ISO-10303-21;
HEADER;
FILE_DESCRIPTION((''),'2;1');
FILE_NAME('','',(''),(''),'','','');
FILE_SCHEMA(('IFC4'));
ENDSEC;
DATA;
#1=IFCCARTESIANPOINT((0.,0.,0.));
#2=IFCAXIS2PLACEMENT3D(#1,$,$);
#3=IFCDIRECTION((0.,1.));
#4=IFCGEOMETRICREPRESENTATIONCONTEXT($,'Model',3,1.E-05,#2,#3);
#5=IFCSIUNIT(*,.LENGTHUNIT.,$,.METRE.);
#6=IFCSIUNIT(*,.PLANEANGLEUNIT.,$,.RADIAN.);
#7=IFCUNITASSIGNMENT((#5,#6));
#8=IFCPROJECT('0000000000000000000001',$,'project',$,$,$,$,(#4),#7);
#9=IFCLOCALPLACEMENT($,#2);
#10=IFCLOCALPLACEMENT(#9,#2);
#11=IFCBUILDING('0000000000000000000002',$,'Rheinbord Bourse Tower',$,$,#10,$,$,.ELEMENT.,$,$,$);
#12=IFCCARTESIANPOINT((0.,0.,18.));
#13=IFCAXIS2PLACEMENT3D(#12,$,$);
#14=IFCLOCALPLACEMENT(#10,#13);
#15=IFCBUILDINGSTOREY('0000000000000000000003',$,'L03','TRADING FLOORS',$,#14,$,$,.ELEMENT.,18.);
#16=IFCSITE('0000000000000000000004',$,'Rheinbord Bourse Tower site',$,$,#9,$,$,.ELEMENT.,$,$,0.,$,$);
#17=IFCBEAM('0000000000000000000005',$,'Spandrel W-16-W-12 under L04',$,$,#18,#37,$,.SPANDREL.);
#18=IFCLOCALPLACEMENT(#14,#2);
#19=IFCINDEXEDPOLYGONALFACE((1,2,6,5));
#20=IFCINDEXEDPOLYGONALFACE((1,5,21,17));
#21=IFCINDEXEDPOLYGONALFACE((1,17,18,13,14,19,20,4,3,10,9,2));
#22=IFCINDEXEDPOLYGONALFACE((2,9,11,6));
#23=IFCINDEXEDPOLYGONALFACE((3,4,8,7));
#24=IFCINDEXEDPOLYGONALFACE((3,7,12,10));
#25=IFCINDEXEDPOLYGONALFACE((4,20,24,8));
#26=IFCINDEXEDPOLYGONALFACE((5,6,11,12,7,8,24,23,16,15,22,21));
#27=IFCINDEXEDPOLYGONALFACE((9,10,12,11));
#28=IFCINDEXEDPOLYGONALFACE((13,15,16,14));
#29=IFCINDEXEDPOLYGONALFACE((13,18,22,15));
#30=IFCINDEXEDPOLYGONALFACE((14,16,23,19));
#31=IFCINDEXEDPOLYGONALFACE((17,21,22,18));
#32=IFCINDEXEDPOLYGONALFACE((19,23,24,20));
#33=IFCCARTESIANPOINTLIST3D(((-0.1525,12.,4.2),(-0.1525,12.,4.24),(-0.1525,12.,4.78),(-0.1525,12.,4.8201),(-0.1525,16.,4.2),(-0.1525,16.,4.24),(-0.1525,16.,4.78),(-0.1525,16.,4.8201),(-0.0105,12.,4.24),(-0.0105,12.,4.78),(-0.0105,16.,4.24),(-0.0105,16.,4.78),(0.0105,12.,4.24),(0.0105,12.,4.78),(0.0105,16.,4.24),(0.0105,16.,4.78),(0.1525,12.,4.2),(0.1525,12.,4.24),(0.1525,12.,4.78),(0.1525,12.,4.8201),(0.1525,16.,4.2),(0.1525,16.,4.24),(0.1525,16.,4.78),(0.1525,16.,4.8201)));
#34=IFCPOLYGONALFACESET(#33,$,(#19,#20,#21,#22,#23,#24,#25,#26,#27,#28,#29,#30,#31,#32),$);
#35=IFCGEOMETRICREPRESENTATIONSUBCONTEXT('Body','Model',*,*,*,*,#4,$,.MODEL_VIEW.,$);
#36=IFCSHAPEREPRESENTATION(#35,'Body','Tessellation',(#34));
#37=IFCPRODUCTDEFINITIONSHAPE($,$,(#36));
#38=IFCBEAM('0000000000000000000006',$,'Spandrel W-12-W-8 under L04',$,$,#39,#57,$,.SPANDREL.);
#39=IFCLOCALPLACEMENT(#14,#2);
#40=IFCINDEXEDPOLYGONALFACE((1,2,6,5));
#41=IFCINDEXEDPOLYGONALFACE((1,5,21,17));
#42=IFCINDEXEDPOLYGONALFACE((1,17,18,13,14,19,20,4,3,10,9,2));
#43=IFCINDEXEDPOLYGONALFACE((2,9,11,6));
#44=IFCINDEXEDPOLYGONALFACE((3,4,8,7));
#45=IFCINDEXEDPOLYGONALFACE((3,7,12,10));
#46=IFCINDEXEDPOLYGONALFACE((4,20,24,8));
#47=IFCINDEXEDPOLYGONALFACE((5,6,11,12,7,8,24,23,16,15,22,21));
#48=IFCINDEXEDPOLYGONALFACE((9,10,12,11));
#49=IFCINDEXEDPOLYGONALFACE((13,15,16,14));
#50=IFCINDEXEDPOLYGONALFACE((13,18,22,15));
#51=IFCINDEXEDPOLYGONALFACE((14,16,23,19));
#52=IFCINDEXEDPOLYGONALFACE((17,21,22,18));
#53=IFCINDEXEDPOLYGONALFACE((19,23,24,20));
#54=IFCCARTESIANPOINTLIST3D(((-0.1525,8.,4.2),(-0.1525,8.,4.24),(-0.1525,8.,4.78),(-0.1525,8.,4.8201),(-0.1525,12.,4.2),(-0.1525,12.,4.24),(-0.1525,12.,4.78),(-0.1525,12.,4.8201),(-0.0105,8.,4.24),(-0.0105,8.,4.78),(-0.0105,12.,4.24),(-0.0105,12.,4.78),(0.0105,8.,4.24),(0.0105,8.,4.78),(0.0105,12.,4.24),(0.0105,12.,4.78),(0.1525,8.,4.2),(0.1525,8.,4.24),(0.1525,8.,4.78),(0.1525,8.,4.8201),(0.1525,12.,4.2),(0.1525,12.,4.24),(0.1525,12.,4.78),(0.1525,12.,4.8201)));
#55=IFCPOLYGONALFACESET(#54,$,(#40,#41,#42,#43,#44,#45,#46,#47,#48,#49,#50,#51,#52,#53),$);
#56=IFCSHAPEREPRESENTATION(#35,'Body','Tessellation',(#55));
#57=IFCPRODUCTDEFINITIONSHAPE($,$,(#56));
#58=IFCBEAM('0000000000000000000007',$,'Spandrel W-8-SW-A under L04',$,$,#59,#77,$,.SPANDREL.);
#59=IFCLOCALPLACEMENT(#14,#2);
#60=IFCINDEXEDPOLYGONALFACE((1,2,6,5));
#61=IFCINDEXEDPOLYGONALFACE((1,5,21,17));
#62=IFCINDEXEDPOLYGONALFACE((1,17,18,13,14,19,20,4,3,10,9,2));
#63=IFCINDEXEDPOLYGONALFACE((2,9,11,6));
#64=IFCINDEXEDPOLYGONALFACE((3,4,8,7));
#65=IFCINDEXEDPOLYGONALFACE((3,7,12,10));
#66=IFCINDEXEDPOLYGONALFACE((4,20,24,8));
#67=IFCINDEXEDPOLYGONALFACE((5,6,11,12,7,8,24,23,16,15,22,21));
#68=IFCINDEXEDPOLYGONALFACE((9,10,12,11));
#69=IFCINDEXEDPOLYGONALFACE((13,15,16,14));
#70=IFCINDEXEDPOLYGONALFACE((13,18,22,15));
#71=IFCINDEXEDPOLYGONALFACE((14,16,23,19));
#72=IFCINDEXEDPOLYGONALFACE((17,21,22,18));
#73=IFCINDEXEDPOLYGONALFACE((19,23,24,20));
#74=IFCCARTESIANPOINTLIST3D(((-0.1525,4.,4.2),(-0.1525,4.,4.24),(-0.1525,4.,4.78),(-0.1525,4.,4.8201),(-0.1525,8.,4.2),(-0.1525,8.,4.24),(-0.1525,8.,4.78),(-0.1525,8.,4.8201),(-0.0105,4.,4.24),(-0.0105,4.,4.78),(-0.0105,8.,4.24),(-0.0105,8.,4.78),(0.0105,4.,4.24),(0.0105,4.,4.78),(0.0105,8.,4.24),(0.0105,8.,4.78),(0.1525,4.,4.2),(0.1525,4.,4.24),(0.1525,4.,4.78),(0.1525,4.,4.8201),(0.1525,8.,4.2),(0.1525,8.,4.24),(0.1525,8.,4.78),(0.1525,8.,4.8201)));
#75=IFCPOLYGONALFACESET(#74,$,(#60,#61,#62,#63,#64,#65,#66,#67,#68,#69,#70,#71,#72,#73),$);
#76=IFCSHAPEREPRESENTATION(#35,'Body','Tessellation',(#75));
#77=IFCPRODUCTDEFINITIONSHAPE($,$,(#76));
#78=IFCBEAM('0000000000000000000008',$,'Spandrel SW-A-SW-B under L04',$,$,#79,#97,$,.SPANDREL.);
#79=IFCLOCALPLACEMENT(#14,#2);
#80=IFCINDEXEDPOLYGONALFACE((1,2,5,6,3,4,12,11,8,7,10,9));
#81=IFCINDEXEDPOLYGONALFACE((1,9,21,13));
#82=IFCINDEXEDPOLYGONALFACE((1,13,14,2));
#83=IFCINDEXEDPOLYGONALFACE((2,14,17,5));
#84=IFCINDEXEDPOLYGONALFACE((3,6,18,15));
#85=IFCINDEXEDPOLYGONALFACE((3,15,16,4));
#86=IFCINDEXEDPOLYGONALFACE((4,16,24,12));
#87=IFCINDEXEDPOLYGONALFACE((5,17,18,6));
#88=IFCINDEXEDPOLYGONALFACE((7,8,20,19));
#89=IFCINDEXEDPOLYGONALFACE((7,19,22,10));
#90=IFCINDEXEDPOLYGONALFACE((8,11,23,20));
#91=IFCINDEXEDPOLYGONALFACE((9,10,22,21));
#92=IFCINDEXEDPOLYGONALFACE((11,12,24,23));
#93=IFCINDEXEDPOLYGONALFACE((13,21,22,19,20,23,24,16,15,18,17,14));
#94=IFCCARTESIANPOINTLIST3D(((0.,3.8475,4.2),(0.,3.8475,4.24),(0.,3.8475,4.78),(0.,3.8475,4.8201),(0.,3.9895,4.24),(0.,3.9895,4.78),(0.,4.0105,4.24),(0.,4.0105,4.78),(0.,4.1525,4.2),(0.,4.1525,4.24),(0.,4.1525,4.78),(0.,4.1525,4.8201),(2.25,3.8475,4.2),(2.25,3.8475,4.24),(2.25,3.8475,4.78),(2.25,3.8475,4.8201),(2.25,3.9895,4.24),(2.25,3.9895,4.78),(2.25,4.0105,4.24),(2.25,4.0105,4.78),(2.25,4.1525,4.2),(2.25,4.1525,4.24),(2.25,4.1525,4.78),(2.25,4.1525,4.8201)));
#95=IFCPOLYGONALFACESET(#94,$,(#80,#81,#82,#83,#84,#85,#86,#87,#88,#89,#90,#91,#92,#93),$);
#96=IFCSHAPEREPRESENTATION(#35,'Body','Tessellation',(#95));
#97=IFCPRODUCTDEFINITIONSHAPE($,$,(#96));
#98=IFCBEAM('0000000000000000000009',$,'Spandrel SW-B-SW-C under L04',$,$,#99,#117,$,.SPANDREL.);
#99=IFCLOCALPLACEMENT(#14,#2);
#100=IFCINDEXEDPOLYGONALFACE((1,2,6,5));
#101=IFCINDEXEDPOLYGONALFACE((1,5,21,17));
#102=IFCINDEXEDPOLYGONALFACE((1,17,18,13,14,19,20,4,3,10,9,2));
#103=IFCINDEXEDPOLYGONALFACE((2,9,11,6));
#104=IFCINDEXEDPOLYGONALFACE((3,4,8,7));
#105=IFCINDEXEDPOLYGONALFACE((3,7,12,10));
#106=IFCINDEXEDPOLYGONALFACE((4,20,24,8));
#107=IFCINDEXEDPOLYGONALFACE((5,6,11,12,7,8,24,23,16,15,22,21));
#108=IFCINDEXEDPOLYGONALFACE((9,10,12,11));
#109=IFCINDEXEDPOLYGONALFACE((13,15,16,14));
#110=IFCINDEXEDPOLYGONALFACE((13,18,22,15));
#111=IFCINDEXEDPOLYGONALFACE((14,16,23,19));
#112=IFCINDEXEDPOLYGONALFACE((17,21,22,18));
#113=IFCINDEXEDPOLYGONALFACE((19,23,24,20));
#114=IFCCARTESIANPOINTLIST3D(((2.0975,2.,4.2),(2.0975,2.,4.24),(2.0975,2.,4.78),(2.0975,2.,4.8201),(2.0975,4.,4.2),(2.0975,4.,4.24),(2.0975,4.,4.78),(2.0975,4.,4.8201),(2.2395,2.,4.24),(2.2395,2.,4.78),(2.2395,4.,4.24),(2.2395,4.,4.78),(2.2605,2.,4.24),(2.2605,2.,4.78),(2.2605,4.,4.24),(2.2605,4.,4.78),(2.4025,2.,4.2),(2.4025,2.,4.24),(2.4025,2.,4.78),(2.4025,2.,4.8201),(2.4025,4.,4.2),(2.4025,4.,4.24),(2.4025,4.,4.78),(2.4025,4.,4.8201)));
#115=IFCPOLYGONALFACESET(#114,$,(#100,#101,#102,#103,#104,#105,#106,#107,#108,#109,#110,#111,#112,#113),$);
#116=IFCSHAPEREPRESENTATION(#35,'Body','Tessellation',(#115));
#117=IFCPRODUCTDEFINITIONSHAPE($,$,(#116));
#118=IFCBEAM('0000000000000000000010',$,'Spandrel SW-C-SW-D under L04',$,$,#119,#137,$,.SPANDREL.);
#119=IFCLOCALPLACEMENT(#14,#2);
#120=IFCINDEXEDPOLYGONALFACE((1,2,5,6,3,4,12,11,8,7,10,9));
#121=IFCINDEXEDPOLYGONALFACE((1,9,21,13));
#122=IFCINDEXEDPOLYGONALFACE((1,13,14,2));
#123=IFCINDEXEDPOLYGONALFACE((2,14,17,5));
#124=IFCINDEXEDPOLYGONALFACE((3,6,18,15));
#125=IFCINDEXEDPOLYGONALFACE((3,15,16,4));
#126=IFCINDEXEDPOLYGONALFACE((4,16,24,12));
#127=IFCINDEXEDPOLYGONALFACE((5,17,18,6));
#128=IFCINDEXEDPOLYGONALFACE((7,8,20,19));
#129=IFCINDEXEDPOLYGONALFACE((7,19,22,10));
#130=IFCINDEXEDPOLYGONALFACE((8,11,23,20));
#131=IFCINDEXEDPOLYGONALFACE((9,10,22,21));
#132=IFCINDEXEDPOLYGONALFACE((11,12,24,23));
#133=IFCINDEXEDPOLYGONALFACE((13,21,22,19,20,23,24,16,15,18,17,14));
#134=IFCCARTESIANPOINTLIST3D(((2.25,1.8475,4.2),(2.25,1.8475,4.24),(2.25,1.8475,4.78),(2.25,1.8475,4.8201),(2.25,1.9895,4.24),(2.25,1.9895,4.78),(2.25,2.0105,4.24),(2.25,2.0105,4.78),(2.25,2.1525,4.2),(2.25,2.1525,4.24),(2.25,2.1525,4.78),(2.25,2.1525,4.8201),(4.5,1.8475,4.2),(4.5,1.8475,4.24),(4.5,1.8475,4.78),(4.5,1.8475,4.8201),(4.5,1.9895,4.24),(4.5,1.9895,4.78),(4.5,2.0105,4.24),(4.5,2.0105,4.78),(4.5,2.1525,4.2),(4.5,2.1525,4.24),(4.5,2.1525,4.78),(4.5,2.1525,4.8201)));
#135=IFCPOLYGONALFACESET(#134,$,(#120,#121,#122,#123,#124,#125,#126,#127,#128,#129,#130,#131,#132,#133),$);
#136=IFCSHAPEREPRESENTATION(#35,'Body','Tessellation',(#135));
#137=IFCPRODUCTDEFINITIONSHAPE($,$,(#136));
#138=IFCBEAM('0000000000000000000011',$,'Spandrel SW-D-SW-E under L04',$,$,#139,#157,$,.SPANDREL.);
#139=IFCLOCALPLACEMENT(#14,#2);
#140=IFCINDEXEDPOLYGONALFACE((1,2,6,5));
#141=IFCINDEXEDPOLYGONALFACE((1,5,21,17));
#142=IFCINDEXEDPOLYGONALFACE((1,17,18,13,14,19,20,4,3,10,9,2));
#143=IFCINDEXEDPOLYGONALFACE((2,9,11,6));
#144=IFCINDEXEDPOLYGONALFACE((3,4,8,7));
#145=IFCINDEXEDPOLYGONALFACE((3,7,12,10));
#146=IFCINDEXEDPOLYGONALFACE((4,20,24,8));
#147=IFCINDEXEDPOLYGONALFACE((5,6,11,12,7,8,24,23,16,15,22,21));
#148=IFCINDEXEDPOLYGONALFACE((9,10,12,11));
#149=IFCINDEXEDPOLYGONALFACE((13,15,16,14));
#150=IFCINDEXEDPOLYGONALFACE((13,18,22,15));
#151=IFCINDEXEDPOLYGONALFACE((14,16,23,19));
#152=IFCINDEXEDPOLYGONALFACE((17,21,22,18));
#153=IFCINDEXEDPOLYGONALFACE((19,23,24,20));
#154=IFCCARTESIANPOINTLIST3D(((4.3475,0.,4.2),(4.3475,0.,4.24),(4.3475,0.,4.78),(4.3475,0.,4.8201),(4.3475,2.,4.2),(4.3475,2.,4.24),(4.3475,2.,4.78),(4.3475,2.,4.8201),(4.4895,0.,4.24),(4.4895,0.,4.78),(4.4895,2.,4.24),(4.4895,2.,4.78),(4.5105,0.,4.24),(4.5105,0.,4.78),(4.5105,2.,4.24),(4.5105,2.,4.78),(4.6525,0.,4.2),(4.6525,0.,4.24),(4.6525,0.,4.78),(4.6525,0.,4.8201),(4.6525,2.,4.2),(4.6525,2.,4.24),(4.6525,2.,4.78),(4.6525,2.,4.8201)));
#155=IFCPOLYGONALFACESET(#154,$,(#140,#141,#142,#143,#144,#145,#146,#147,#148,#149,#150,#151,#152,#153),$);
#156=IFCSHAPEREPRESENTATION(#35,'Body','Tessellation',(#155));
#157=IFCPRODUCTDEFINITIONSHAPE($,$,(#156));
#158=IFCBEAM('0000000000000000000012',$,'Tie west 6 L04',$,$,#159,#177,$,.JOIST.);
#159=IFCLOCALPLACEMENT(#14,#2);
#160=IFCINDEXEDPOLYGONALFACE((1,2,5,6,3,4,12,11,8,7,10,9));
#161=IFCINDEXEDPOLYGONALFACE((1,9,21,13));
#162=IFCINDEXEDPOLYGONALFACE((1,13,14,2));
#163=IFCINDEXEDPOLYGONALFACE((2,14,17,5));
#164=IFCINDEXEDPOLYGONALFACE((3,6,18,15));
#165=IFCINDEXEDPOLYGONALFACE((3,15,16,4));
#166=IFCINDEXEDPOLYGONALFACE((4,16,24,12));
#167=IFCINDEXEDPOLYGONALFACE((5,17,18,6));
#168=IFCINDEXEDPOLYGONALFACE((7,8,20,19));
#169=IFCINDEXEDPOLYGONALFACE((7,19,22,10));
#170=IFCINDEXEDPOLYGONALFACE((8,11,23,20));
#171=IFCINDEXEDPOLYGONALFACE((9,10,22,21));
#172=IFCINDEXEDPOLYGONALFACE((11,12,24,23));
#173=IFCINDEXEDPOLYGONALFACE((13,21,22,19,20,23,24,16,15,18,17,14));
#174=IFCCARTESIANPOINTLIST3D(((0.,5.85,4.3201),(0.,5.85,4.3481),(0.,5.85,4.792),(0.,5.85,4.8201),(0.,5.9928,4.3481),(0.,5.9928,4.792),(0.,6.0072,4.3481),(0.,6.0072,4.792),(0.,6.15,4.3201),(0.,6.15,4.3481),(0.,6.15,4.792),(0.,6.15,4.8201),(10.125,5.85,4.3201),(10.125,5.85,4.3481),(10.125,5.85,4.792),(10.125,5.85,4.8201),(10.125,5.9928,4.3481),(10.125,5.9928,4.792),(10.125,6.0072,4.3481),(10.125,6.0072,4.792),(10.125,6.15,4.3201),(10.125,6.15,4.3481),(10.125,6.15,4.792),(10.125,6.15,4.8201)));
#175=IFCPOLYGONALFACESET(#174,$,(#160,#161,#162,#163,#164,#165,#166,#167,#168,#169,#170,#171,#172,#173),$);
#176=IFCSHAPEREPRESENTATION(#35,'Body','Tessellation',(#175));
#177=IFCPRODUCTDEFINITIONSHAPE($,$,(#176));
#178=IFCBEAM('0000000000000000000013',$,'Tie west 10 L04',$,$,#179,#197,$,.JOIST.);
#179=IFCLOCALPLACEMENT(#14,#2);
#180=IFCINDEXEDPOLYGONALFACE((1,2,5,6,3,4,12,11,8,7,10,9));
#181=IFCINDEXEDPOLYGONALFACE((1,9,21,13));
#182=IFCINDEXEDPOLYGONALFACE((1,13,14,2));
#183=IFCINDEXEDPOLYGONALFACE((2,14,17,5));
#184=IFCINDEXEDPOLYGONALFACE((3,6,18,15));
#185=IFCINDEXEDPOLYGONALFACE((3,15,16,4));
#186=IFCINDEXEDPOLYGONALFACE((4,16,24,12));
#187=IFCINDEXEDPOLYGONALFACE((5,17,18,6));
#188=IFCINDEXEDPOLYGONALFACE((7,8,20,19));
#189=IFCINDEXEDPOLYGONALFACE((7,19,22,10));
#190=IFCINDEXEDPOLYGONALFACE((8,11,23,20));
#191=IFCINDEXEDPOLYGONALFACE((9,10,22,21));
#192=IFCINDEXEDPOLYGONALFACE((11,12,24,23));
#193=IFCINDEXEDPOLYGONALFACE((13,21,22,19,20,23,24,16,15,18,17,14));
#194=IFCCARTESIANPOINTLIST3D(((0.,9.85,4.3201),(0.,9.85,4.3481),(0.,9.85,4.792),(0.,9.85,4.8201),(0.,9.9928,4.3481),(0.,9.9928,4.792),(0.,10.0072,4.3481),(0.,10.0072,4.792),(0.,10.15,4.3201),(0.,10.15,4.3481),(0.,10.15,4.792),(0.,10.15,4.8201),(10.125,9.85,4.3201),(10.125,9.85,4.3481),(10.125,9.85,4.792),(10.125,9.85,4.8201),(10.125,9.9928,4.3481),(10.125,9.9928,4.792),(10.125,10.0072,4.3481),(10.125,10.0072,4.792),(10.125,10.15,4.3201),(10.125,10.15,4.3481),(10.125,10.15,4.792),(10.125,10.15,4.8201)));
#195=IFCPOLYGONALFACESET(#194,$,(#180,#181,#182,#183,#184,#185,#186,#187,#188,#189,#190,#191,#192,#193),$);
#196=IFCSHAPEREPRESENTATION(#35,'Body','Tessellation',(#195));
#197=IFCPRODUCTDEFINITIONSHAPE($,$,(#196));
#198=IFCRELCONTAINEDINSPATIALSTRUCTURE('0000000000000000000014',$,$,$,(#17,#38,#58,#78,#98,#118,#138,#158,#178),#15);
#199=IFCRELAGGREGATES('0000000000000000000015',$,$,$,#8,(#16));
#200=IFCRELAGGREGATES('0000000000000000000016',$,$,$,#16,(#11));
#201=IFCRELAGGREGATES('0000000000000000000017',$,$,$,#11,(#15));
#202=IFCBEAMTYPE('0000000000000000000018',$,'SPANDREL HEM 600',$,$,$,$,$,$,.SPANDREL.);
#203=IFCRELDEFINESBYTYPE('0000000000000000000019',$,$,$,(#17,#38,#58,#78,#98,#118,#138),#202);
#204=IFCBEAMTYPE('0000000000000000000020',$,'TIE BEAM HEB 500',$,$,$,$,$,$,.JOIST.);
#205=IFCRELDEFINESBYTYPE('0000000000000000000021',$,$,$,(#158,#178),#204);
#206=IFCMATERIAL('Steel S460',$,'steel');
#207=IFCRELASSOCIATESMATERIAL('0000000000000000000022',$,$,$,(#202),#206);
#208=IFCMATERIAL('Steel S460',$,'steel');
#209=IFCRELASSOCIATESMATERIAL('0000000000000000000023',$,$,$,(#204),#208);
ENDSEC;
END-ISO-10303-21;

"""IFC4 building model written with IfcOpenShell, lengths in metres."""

from ifc_helpers import new_model, si_unit, direction, frame, origin, origin_2d, place, context, subcontext, project, spatial, i_section, extrude, material, material_profile, profile_set, type_object, element, save


model = new_model("IFC4")

# Units and contexts
model_context = context("Model", 3, precision=1e-05, world=origin(), true_north=direction((0.0, 1.0)))
body_context = subcontext(model_context, "Body", "Model", "MODEL_VIEW")
ifc_project = project(units=[si_unit("LENGTHUNIT", "METRE"), si_unit("PLANEANGLEUNIT", "RADIAN")], contexts=[model_context])

# Site, building, storey
site_placement = place(None, origin())
site = spatial("IfcSite", under=ifc_project, at=site_placement, Name="Rheinbord Bourse Tower site", CompositionType="ELEMENT", RefElevation=0.0)
building_placement = place(site_placement, origin())
building = spatial("IfcBuilding", under=site, at=building_placement, Name="Rheinbord Bourse Tower", CompositionType="ELEMENT")
storey_placement = place(building_placement, frame((0.0, 0.0, 18.0)))
storey = spatial("IfcBuildingStorey", under=building, at=storey_placement, Name="L03", Description="TRADING FLOORS", CompositionType="ELEMENT", Elevation=18.0)

# Beams
ifc_material_1 = material(Name="Steel S460", Category="steel")
ifc_material_profile_1 = material_profile(ifc_material_1, i_section(OverallWidth=0.3049, OverallDepth=0.6201, WebThickness=0.021, FlangeThickness=0.04, at=origin_2d()), Name="HEM 600")
ifc_profile_set_1 = profile_set([ifc_material_profile_1], Name="Steel S460")
beam_type_1 = type_object("IfcBeamType", Name="SPANDREL HEM 600", PredefinedType="SPANDREL", material=ifc_profile_set_1)
for number, where, z_axis, x_axis, name in (
    (1, (0.0, 16.0, 4.51), (0.0, -1.0, 0.0), (1.0, 0.0, 0.0), "Spandrel W-16-W-12 under L04"),
    (2, (0.0, 12.0, 4.51), (0.0, -1.0, 0.0), (1.0, 0.0, 0.0), "Spandrel W-12-W-8 under L04"),
    (3, (0.0, 8.0, 4.51), (0.0, -1.0, 0.0), (1.0, 0.0, 0.0), "Spandrel W-8-SW-A under L04"),
):
    element("IfcBeam", number, at=place(storey_placement, frame(where, z_axis=z_axis, x_axis=x_axis)), inside=storey, type_object=beam_type_1, Name=name, PredefinedType="SPANDREL", context=body_context, shape_type="SweptSolid", body=[
        extrude(i_section(OverallWidth=0.3049, OverallDepth=0.6201, WebThickness=0.021, FlangeThickness=0.04, at=origin_2d()), origin(), (0.0, 0.0, 1.0), 4.0),
    ])
beam_1_placement = place(storey_placement, frame((0.0, 4.0, 4.51), z_axis=(1.0, 0.0, 0.0), x_axis=(0.0, 1.0, 0.0)))
element("IfcBeam", 4, at=beam_1_placement, inside=storey, type_object=beam_type_1, Name="Spandrel SW-A-SW-B under L04", PredefinedType="SPANDREL", context=body_context, shape_type="SweptSolid", body=[
    extrude(i_section(OverallWidth=0.3049, OverallDepth=0.6201, WebThickness=0.021, FlangeThickness=0.04, at=origin_2d()), origin(), (0.0, 0.0, 1.0), 2.25),
])
beam_2_placement = place(storey_placement, frame((2.25, 4.0, 4.51), z_axis=(0.0, -1.0, 0.0), x_axis=(1.0, 0.0, 0.0)))
element("IfcBeam", 5, at=beam_2_placement, inside=storey, type_object=beam_type_1, Name="Spandrel SW-B-SW-C under L04", PredefinedType="SPANDREL", context=body_context, shape_type="SweptSolid", body=[
    extrude(i_section(OverallWidth=0.3049, OverallDepth=0.6201, WebThickness=0.021, FlangeThickness=0.04, at=origin_2d()), origin(), (0.0, 0.0, 1.0), 2.0),
])
beam_3_placement = place(storey_placement, frame((2.25, 2.0, 4.51), z_axis=(1.0, 0.0, 0.0), x_axis=(0.0, 1.0, 0.0)))
element("IfcBeam", 6, at=beam_3_placement, inside=storey, type_object=beam_type_1, Name="Spandrel SW-C-SW-D under L04", PredefinedType="SPANDREL", context=body_context, shape_type="SweptSolid", body=[
    extrude(i_section(OverallWidth=0.3049, OverallDepth=0.6201, WebThickness=0.021, FlangeThickness=0.04, at=origin_2d()), origin(), (0.0, 0.0, 1.0), 2.25),
])
beam_4_placement = place(storey_placement, frame((4.5, 2.0, 4.51), z_axis=(0.0, -1.0, 0.0), x_axis=(1.0, 0.0, 0.0)))
element("IfcBeam", 7, at=beam_4_placement, inside=storey, type_object=beam_type_1, Name="Spandrel SW-D-SW-E under L04", PredefinedType="SPANDREL", context=body_context, shape_type="SweptSolid", body=[
    extrude(i_section(OverallWidth=0.3049, OverallDepth=0.6201, WebThickness=0.021, FlangeThickness=0.04, at=origin_2d()), origin(), (0.0, 0.0, 1.0), 2.0),
])
ifc_material_2 = material(Name="Steel S460", Category="steel")
ifc_material_profile_2 = material_profile(ifc_material_2, i_section(OverallWidth=0.3, OverallDepth=0.5, WebThickness=0.0144, FlangeThickness=0.0281, at=origin_2d()), Name="HEB 500")
ifc_profile_set_2 = profile_set([ifc_material_profile_2], Name="Steel S460")
beam_type_2 = type_object("IfcBeamType", Name="TIE BEAM HEB 500", PredefinedType="JOIST", material=ifc_profile_set_2)
for number, where, z_axis, x_axis, name in (
    (8, (0.0, 6.0, 4.5701), (1.0, 0.0, 0.0), (0.0, 1.0, 0.0), "Tie west 6 L04"),
    (9, (0.0, 10.0, 4.5701), (1.0, 0.0, 0.0), (0.0, 1.0, 0.0), "Tie west 10 L04"),
):
    element("IfcBeam", number, at=place(storey_placement, frame(where, z_axis=z_axis, x_axis=x_axis)), inside=storey, type_object=beam_type_2, Name=name, PredefinedType="JOIST", context=body_context, shape_type="SweptSolid", body=[
        extrude(i_section(OverallWidth=0.3, OverallDepth=0.5, WebThickness=0.0144, FlangeThickness=0.0281, at=origin_2d()), origin(), (0.0, 0.0, 1.0), 10.125),
    ])

save(model, "model.ifc")
